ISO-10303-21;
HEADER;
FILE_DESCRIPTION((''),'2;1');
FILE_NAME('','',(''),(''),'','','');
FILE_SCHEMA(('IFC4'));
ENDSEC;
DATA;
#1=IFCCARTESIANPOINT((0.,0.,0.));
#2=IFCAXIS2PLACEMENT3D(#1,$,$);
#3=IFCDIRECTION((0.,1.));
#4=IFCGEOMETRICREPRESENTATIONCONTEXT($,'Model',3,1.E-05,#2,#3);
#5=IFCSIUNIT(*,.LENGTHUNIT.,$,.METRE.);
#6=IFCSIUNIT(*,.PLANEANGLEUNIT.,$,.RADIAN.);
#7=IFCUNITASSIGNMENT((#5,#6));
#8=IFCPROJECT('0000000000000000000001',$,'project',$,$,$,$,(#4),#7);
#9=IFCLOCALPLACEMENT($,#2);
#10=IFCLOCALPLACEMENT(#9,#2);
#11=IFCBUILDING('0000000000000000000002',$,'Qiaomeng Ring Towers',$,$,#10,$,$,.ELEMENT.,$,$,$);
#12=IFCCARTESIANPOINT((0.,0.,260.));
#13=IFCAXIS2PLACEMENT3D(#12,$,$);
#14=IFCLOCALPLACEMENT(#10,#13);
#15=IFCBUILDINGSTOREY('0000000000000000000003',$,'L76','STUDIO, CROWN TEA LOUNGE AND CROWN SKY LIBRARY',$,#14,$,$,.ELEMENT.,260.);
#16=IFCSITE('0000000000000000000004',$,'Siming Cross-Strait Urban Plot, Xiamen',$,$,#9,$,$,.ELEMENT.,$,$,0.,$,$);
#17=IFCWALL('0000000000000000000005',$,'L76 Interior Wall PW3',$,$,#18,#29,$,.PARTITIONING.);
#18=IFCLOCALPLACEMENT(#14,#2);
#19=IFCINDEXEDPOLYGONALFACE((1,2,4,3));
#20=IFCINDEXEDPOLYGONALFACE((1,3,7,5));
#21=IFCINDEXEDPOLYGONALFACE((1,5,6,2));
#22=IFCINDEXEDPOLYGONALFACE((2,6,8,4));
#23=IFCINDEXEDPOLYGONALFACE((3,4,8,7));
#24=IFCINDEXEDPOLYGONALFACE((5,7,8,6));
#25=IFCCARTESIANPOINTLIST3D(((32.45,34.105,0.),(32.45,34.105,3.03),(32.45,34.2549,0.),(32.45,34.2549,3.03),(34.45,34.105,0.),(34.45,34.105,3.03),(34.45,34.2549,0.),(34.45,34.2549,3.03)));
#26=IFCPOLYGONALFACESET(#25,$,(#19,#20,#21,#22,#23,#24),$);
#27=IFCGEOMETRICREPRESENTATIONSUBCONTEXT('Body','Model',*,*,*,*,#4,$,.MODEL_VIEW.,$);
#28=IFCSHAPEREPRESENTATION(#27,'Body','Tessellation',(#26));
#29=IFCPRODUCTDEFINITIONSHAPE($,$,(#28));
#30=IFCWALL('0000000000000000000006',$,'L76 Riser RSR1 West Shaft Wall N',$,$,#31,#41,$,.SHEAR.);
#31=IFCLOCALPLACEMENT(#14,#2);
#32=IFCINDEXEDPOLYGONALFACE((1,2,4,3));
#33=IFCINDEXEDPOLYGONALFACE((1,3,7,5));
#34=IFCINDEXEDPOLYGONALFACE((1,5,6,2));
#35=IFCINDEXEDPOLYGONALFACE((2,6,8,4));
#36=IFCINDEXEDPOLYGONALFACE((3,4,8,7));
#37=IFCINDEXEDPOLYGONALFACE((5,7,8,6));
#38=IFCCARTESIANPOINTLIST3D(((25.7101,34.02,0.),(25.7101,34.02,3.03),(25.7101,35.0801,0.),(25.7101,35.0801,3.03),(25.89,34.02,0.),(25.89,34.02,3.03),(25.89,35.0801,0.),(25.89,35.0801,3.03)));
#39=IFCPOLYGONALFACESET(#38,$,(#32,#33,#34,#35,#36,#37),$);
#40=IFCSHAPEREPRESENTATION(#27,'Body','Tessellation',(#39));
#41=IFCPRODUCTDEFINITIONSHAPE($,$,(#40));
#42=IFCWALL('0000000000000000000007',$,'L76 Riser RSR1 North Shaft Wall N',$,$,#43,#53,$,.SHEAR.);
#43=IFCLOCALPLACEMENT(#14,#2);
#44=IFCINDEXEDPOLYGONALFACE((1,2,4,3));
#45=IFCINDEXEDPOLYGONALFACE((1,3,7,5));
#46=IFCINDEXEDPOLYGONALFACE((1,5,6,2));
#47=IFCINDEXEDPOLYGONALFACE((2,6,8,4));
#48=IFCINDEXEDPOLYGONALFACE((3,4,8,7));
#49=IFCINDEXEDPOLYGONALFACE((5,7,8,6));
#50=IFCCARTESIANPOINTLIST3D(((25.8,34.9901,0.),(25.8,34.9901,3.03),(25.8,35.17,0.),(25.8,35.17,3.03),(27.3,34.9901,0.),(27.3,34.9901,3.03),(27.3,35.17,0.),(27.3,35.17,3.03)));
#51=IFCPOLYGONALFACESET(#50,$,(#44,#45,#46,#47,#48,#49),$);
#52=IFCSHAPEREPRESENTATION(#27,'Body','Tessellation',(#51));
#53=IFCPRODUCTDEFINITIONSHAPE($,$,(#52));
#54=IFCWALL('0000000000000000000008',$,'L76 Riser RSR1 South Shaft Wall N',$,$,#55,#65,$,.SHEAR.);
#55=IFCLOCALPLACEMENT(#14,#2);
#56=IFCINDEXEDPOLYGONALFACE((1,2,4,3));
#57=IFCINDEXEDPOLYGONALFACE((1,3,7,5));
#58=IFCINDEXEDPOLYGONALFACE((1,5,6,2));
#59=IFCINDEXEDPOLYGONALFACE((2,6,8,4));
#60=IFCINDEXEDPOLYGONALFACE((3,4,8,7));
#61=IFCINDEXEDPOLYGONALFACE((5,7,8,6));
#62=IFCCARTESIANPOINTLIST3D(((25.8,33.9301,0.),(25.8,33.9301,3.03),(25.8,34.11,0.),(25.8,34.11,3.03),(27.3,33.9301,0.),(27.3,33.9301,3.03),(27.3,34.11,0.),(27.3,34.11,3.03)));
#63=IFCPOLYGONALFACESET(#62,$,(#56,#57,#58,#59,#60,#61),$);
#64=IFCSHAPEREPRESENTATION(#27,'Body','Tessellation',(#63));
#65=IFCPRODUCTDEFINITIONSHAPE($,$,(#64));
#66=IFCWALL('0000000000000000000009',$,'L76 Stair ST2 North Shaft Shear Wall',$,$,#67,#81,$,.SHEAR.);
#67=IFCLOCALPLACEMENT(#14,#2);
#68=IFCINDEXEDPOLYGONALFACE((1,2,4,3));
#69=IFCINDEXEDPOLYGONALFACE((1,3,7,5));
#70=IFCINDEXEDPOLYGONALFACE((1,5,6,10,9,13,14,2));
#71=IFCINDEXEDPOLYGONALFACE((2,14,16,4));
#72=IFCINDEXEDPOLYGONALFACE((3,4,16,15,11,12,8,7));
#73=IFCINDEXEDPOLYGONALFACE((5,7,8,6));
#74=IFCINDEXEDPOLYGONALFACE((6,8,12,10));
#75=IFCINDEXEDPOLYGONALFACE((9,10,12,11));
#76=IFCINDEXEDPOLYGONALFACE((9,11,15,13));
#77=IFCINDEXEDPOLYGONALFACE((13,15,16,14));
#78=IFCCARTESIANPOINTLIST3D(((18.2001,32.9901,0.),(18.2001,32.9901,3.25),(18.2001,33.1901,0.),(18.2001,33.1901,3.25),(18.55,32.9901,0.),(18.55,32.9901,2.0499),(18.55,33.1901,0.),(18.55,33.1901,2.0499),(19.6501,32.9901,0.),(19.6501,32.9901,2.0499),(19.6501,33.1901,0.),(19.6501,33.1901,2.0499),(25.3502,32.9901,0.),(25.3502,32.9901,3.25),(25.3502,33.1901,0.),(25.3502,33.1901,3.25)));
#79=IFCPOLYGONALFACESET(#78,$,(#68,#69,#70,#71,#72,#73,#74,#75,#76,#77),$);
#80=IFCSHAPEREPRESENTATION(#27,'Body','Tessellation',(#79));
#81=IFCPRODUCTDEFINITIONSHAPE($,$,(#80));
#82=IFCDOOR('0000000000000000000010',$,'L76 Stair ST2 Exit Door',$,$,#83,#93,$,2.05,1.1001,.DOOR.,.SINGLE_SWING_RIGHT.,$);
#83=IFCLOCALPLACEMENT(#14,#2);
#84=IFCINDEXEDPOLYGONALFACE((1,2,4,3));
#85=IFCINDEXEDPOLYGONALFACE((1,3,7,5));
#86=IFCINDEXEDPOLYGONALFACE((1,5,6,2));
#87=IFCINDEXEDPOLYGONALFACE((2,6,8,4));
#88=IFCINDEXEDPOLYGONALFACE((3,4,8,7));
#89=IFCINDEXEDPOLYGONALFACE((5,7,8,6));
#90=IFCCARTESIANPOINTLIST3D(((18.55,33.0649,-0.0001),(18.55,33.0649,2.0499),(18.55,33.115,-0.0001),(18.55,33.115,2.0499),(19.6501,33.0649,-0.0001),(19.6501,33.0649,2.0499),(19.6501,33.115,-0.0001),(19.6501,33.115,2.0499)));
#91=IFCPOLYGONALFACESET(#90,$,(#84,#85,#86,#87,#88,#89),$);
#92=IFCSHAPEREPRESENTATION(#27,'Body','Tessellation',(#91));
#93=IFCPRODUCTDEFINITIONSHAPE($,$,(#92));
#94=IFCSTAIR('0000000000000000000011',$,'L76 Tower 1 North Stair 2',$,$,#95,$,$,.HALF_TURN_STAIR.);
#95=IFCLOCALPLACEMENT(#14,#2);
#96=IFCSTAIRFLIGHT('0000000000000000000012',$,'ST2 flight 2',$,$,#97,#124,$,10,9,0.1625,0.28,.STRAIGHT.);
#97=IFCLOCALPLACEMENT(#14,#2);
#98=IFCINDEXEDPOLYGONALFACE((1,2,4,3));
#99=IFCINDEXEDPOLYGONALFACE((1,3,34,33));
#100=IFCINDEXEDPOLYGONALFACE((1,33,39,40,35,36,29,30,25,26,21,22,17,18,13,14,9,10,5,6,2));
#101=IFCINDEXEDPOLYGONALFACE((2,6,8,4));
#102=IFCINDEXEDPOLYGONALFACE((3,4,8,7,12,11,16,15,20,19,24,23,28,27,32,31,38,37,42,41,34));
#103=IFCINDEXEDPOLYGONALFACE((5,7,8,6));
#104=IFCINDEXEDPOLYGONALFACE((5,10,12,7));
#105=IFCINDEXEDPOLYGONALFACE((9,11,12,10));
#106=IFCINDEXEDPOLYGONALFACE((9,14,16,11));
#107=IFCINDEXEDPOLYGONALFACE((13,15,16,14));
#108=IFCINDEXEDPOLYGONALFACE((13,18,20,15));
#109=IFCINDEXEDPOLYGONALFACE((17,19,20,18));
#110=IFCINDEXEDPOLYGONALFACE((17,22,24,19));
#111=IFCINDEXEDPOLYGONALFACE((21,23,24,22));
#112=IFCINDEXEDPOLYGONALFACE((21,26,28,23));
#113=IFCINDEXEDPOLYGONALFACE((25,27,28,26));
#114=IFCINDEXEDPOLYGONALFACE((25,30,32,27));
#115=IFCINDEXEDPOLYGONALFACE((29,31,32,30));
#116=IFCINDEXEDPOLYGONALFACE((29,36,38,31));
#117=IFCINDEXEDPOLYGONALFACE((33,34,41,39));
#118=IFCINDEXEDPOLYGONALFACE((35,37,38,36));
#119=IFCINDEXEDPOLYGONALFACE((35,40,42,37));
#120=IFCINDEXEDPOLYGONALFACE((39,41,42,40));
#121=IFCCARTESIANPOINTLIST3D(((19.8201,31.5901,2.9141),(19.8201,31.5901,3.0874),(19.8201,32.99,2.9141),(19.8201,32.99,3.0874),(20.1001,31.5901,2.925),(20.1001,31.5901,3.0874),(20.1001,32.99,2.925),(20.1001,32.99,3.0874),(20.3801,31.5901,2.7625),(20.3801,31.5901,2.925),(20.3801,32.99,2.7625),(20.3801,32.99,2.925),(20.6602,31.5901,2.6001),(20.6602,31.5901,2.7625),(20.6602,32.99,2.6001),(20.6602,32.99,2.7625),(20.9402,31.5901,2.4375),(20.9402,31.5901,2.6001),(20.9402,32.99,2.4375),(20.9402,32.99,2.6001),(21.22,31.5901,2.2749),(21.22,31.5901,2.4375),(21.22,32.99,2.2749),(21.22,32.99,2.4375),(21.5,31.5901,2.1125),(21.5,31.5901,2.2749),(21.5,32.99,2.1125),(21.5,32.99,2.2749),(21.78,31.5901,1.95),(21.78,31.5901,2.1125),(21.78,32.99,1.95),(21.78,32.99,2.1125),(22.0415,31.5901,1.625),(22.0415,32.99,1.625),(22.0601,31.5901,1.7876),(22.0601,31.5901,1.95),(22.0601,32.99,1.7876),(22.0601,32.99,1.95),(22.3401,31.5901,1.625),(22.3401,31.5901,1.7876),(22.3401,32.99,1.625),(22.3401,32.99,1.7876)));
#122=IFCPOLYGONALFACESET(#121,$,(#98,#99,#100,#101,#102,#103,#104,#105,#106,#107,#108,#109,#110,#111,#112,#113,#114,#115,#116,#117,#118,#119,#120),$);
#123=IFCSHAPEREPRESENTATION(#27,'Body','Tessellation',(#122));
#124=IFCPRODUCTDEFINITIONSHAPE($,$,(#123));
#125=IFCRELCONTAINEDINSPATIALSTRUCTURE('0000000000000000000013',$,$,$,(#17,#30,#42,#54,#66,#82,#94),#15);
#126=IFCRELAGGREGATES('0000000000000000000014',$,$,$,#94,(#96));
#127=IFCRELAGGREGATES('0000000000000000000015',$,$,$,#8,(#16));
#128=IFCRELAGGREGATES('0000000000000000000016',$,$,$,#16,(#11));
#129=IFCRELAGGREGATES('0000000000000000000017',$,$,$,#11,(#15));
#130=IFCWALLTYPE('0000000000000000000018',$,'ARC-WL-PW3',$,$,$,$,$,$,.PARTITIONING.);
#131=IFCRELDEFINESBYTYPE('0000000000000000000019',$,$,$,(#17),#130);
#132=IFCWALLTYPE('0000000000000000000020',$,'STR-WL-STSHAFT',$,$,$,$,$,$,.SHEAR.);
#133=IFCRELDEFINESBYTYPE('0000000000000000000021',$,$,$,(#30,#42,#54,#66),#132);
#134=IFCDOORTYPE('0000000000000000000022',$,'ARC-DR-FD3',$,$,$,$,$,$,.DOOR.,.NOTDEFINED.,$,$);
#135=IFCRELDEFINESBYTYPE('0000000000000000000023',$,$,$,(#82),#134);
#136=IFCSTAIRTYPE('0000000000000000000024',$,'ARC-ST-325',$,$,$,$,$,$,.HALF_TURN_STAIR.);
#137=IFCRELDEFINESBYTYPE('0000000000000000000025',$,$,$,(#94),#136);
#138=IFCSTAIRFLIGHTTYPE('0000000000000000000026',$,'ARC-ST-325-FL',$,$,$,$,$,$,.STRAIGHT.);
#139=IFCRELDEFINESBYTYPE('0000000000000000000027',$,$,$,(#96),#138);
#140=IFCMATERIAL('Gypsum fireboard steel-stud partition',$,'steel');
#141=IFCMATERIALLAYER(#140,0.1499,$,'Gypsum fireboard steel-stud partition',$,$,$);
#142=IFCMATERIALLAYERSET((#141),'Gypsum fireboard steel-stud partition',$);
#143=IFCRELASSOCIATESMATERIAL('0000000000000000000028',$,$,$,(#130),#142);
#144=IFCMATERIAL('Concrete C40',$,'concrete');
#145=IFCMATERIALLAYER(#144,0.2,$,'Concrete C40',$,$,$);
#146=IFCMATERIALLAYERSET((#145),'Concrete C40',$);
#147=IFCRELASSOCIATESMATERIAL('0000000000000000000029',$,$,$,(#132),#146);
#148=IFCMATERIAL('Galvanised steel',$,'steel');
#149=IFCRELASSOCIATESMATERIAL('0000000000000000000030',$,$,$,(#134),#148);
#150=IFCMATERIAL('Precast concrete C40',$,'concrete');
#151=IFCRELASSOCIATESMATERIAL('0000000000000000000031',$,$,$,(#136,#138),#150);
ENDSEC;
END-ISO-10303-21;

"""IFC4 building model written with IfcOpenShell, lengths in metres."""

from ifc_helpers import new_model, si_unit, direction, frame, frame_2d, origin, place, context, subcontext, project, spatial, polyline, rectangle, outline, extrude, source, transform, mapped, material, layer, layer_set, type_object, element, fill, aggregate, save


model = new_model("IFC4")

# Units and contexts
model_context = context("Model", 3, precision=1e-05, world=origin(), true_north=direction((0.0, 1.0)))
body_context = subcontext(model_context, "Body", "Model", "MODEL_VIEW")
ifc_project = project(units=[si_unit("LENGTHUNIT", "METRE"), si_unit("PLANEANGLEUNIT", "RADIAN")], contexts=[model_context])

# Site, building, storey
site_placement = place(None, origin())
site = spatial("IfcSite", under=ifc_project, at=site_placement, Name="Siming Cross-Strait Urban Plot, Xiamen", CompositionType="ELEMENT", RefElevation=0.0)
building_placement = place(site_placement, origin())
building = spatial("IfcBuilding", under=site, at=building_placement, Name="Qiaomeng Ring Towers", CompositionType="ELEMENT")
storey_placement = place(building_placement, frame((0.0, 0.0, 260.0)))
storey = spatial("IfcBuildingStorey", under=building, at=storey_placement, Name="L76", Description="STUDIO, CROWN TEA LOUNGE AND CROWN SKY LIBRARY", CompositionType="ELEMENT", Elevation=260.0)

# Shared definitions
ifc_material_1 = material(Name="Concrete C40", Category="concrete")

# Walls
ifc_material_2 = material(Name="Gypsum fireboard steel-stud partition", Category="steel")
ifc_layer_1 = layer(ifc_material_2, 0.1499, Name="Gypsum fireboard steel-stud partition")
ifc_layer_set_1 = layer_set([ifc_layer_1], Name="Gypsum fireboard steel-stud partition")
wall_type_1 = type_object("IfcWallType", Name="ARC-WL-PW3", PredefinedType="PARTITIONING", material=ifc_layer_set_1)
wall_1_placement = place(storey_placement, frame((32.45, 34.1799, 0.0), z_axis=(0.0, 0.0, 1.0), x_axis=(1.0, 0.0, 0.0)))
element("IfcWall", 1, at=wall_1_placement, inside=storey, type_object=wall_type_1, Name="L76 Interior Wall PW3", PredefinedType="PARTITIONING", context=body_context, shape_type="SweptSolid", body=[
    extrude(rectangle(XDim=2.0, YDim=0.1499, at=frame_2d((1.0, 0.0))), origin(), (0.0, 0.0, 1.0), 3.03),
])
ifc_layer_2 = layer(ifc_material_1, 0.2, Name="Concrete C40")
ifc_layer_set_2 = layer_set([ifc_layer_2], Name="Concrete C40")
wall_type_2 = type_object("IfcWallType", Name="STR-WL-STSHAFT", PredefinedType="SHEAR", material=ifc_layer_set_2)
wall_2_placement = place(storey_placement, frame((25.8, 34.02, 0.0), z_axis=(0.0, 0.0, 1.0), x_axis=(0.0, 1.0, 0.0)))
element("IfcWall", 2, at=wall_2_placement, inside=storey, type_object=wall_type_2, Name="L76 Riser RSR1 West Shaft Wall N", PredefinedType="SHEAR", context=body_context, shape_type="SweptSolid", body=[
    extrude(rectangle(XDim=1.0601, YDim=0.1799, at=frame_2d((0.53, 0.0))), origin(), (0.0, 0.0, 1.0), 3.03),
])
for number, where, z_axis, x_axis, name in (
    (3, (25.8, 35.0801, 0.0), (0.0, 0.0, 1.0), (1.0, 0.0, 0.0), "L76 Riser RSR1 North Shaft Wall N"),
    (4, (25.8, 34.02, 0.0), (0.0, 0.0, 1.0), (1.0, 0.0, 0.0), "L76 Riser RSR1 South Shaft Wall N"),
):
    element("IfcWall", number, at=place(storey_placement, frame(where, z_axis=z_axis, x_axis=x_axis)), inside=storey, type_object=wall_type_2, Name=name, PredefinedType="SHEAR", context=body_context, shape_type="SweptSolid", body=[
        extrude(rectangle(XDim=1.5, YDim=0.1799, at=frame_2d((0.75, 0.0))), origin(), (0.0, 0.0, 1.0), 3.03),
    ])

# Wall, opening, door
wall_3_placement = place(storey_placement, frame((18.2, 33.0901, 0.0), z_axis=(0.0, 0.0, 1.0), x_axis=(1.0, 0.0, 0.0)))
wall_3 = element("IfcWall", 5, at=wall_3_placement, inside=storey, type_object=wall_type_2, Name="L76 Stair ST2 North Shaft Shear Wall", PredefinedType="SHEAR", context=body_context, shape_type="SweptSolid", body=[
    extrude(rectangle(XDim=7.1501, YDim=0.2, at=frame_2d((3.5752, 0.0))), origin(), (0.0, 0.0, 1.0), 3.25),
])
opening_placement = place(wall_3_placement, frame((0.3501, 0.0, 0.0)))
opening = element("IfcOpeningElement", 6, at=opening_placement, cuts=wall_3, PredefinedType="OPENING", context=body_context, shape_type="SweptSolid", body=[
    extrude(rectangle(XDim=1.1001, YDim=2.05, at=frame_2d((0.55, 1.0249))), frame((0.0, 0.1099, 0.0), z_axis=(0.0, -1.0, 0.0), x_axis=(1.0, 0.0, 0.0)), (0.0, 0.0, 1.0), 0.22),
])
ifc_material_3 = material(Name="Galvanised steel", Category="steel")
door_type = type_object("IfcDoorType", Name="ARC-DR-FD3", OperationType="NOTDEFINED", PredefinedType="DOOR", material=ifc_material_3)
shared_shape_1 = source(origin(), body_context, "Body", "SweptSolid", [
    extrude(rectangle(XDim=1.1001, YDim=2.05, at=frame_2d((0.55, 1.0249))), frame((0.0, 0.0249, 0.0), z_axis=(0.0, -1.0, 0.0), x_axis=(1.0, 0.0, 0.0)), (0.0, 0.0, 1.0), 0.05),
])
door_placement = place(opening_placement, origin())
door = element("IfcDoor", 7, at=door_placement, inside=storey, type_object=door_type, Name="L76 Stair ST2 Exit Door", OperationType="SINGLE_SWING_RIGHT", OverallHeight=2.05, OverallWidth=1.1001, PredefinedType="DOOR", context=body_context, shape_type="MappedRepresentation", body=[
    mapped(shared_shape_1, transform((0.0, 0.0, 0.0), x_axis=(1.0, 0.0, 0.0), y_axis=(0.0, 1.0, 0.0), z_axis=(0.0, 0.0, 1.0), scale=1.0)),
])
fill(opening, door)

# Stair, stair flight
ifc_material_4 = material(Name="Precast concrete C40", Category="concrete")
stair_type = type_object("IfcStairType", Name="ARC-ST-325", PredefinedType="HALF_TURN_STAIR", material=ifc_material_4)
stair_placement = place(storey_placement, origin())
stair = element("IfcStair", 8, at=stair_placement, inside=storey, type_object=stair_type, Name="L76 Tower 1 North Stair 2", PredefinedType="HALF_TURN_STAIR")
stair_flight_type = type_object("IfcStairFlightType", Name="ARC-ST-325-FL", PredefinedType="STRAIGHT", material=ifc_material_4)
shared_shape_2 = source(origin(), body_context, "Body", "SweptSolid", [
    extrude(outline(polyline([(0.0, 0.0), (0.0, 0.1626), (0.28, 0.1626), (0.28, 0.325), (0.5601, 0.325), (0.5601, 0.4875), (0.8401, 0.4875), (0.8401, 0.6499), (1.1201, 0.6499), (1.1201, 0.8125), (1.3999, 0.8125), (1.3999, 0.9751), (1.6799, 0.9751), (1.6799, 1.1375), (1.96, 1.1375), (1.96, 1.3), (2.24, 1.3), (2.24, 1.4624), (2.52, 1.4624), (2.52, 1.625), (2.52, 1.2891), (0.2986, 0.0), (0.0, 0.0)])), frame((0.0, 0.7, 0.0), z_axis=(0.0, -1.0, 0.0), x_axis=(1.0, 0.0, 0.0)), (0.0, 0.0, 1.0), 1.3999),
])
stair_flight_placement = place(storey_placement, frame((22.3401, 32.29, 1.625), z_axis=(0.0, 0.0, 1.0), x_axis=(-1.0, 0.0, 0.0)))
stair_flight = element("IfcStairFlight", 9, at=stair_flight_placement, type_object=stair_flight_type, Name="ST2 flight 2", NumberOfRisers=10, NumberOfTreads=9, PredefinedType="STRAIGHT", RiserHeight=0.1625, TreadLength=0.28, context=body_context, shape_type="MappedRepresentation", body=[
    mapped(shared_shape_2, transform((0.0, 0.0, 0.0), x_axis=(1.0, 0.0, 0.0), y_axis=(0.0, 1.0, 0.0), z_axis=(0.0, 0.0, 1.0), scale=1.0)),
])
aggregate(stair, [stair_flight])

save(model, "model.ifc")
